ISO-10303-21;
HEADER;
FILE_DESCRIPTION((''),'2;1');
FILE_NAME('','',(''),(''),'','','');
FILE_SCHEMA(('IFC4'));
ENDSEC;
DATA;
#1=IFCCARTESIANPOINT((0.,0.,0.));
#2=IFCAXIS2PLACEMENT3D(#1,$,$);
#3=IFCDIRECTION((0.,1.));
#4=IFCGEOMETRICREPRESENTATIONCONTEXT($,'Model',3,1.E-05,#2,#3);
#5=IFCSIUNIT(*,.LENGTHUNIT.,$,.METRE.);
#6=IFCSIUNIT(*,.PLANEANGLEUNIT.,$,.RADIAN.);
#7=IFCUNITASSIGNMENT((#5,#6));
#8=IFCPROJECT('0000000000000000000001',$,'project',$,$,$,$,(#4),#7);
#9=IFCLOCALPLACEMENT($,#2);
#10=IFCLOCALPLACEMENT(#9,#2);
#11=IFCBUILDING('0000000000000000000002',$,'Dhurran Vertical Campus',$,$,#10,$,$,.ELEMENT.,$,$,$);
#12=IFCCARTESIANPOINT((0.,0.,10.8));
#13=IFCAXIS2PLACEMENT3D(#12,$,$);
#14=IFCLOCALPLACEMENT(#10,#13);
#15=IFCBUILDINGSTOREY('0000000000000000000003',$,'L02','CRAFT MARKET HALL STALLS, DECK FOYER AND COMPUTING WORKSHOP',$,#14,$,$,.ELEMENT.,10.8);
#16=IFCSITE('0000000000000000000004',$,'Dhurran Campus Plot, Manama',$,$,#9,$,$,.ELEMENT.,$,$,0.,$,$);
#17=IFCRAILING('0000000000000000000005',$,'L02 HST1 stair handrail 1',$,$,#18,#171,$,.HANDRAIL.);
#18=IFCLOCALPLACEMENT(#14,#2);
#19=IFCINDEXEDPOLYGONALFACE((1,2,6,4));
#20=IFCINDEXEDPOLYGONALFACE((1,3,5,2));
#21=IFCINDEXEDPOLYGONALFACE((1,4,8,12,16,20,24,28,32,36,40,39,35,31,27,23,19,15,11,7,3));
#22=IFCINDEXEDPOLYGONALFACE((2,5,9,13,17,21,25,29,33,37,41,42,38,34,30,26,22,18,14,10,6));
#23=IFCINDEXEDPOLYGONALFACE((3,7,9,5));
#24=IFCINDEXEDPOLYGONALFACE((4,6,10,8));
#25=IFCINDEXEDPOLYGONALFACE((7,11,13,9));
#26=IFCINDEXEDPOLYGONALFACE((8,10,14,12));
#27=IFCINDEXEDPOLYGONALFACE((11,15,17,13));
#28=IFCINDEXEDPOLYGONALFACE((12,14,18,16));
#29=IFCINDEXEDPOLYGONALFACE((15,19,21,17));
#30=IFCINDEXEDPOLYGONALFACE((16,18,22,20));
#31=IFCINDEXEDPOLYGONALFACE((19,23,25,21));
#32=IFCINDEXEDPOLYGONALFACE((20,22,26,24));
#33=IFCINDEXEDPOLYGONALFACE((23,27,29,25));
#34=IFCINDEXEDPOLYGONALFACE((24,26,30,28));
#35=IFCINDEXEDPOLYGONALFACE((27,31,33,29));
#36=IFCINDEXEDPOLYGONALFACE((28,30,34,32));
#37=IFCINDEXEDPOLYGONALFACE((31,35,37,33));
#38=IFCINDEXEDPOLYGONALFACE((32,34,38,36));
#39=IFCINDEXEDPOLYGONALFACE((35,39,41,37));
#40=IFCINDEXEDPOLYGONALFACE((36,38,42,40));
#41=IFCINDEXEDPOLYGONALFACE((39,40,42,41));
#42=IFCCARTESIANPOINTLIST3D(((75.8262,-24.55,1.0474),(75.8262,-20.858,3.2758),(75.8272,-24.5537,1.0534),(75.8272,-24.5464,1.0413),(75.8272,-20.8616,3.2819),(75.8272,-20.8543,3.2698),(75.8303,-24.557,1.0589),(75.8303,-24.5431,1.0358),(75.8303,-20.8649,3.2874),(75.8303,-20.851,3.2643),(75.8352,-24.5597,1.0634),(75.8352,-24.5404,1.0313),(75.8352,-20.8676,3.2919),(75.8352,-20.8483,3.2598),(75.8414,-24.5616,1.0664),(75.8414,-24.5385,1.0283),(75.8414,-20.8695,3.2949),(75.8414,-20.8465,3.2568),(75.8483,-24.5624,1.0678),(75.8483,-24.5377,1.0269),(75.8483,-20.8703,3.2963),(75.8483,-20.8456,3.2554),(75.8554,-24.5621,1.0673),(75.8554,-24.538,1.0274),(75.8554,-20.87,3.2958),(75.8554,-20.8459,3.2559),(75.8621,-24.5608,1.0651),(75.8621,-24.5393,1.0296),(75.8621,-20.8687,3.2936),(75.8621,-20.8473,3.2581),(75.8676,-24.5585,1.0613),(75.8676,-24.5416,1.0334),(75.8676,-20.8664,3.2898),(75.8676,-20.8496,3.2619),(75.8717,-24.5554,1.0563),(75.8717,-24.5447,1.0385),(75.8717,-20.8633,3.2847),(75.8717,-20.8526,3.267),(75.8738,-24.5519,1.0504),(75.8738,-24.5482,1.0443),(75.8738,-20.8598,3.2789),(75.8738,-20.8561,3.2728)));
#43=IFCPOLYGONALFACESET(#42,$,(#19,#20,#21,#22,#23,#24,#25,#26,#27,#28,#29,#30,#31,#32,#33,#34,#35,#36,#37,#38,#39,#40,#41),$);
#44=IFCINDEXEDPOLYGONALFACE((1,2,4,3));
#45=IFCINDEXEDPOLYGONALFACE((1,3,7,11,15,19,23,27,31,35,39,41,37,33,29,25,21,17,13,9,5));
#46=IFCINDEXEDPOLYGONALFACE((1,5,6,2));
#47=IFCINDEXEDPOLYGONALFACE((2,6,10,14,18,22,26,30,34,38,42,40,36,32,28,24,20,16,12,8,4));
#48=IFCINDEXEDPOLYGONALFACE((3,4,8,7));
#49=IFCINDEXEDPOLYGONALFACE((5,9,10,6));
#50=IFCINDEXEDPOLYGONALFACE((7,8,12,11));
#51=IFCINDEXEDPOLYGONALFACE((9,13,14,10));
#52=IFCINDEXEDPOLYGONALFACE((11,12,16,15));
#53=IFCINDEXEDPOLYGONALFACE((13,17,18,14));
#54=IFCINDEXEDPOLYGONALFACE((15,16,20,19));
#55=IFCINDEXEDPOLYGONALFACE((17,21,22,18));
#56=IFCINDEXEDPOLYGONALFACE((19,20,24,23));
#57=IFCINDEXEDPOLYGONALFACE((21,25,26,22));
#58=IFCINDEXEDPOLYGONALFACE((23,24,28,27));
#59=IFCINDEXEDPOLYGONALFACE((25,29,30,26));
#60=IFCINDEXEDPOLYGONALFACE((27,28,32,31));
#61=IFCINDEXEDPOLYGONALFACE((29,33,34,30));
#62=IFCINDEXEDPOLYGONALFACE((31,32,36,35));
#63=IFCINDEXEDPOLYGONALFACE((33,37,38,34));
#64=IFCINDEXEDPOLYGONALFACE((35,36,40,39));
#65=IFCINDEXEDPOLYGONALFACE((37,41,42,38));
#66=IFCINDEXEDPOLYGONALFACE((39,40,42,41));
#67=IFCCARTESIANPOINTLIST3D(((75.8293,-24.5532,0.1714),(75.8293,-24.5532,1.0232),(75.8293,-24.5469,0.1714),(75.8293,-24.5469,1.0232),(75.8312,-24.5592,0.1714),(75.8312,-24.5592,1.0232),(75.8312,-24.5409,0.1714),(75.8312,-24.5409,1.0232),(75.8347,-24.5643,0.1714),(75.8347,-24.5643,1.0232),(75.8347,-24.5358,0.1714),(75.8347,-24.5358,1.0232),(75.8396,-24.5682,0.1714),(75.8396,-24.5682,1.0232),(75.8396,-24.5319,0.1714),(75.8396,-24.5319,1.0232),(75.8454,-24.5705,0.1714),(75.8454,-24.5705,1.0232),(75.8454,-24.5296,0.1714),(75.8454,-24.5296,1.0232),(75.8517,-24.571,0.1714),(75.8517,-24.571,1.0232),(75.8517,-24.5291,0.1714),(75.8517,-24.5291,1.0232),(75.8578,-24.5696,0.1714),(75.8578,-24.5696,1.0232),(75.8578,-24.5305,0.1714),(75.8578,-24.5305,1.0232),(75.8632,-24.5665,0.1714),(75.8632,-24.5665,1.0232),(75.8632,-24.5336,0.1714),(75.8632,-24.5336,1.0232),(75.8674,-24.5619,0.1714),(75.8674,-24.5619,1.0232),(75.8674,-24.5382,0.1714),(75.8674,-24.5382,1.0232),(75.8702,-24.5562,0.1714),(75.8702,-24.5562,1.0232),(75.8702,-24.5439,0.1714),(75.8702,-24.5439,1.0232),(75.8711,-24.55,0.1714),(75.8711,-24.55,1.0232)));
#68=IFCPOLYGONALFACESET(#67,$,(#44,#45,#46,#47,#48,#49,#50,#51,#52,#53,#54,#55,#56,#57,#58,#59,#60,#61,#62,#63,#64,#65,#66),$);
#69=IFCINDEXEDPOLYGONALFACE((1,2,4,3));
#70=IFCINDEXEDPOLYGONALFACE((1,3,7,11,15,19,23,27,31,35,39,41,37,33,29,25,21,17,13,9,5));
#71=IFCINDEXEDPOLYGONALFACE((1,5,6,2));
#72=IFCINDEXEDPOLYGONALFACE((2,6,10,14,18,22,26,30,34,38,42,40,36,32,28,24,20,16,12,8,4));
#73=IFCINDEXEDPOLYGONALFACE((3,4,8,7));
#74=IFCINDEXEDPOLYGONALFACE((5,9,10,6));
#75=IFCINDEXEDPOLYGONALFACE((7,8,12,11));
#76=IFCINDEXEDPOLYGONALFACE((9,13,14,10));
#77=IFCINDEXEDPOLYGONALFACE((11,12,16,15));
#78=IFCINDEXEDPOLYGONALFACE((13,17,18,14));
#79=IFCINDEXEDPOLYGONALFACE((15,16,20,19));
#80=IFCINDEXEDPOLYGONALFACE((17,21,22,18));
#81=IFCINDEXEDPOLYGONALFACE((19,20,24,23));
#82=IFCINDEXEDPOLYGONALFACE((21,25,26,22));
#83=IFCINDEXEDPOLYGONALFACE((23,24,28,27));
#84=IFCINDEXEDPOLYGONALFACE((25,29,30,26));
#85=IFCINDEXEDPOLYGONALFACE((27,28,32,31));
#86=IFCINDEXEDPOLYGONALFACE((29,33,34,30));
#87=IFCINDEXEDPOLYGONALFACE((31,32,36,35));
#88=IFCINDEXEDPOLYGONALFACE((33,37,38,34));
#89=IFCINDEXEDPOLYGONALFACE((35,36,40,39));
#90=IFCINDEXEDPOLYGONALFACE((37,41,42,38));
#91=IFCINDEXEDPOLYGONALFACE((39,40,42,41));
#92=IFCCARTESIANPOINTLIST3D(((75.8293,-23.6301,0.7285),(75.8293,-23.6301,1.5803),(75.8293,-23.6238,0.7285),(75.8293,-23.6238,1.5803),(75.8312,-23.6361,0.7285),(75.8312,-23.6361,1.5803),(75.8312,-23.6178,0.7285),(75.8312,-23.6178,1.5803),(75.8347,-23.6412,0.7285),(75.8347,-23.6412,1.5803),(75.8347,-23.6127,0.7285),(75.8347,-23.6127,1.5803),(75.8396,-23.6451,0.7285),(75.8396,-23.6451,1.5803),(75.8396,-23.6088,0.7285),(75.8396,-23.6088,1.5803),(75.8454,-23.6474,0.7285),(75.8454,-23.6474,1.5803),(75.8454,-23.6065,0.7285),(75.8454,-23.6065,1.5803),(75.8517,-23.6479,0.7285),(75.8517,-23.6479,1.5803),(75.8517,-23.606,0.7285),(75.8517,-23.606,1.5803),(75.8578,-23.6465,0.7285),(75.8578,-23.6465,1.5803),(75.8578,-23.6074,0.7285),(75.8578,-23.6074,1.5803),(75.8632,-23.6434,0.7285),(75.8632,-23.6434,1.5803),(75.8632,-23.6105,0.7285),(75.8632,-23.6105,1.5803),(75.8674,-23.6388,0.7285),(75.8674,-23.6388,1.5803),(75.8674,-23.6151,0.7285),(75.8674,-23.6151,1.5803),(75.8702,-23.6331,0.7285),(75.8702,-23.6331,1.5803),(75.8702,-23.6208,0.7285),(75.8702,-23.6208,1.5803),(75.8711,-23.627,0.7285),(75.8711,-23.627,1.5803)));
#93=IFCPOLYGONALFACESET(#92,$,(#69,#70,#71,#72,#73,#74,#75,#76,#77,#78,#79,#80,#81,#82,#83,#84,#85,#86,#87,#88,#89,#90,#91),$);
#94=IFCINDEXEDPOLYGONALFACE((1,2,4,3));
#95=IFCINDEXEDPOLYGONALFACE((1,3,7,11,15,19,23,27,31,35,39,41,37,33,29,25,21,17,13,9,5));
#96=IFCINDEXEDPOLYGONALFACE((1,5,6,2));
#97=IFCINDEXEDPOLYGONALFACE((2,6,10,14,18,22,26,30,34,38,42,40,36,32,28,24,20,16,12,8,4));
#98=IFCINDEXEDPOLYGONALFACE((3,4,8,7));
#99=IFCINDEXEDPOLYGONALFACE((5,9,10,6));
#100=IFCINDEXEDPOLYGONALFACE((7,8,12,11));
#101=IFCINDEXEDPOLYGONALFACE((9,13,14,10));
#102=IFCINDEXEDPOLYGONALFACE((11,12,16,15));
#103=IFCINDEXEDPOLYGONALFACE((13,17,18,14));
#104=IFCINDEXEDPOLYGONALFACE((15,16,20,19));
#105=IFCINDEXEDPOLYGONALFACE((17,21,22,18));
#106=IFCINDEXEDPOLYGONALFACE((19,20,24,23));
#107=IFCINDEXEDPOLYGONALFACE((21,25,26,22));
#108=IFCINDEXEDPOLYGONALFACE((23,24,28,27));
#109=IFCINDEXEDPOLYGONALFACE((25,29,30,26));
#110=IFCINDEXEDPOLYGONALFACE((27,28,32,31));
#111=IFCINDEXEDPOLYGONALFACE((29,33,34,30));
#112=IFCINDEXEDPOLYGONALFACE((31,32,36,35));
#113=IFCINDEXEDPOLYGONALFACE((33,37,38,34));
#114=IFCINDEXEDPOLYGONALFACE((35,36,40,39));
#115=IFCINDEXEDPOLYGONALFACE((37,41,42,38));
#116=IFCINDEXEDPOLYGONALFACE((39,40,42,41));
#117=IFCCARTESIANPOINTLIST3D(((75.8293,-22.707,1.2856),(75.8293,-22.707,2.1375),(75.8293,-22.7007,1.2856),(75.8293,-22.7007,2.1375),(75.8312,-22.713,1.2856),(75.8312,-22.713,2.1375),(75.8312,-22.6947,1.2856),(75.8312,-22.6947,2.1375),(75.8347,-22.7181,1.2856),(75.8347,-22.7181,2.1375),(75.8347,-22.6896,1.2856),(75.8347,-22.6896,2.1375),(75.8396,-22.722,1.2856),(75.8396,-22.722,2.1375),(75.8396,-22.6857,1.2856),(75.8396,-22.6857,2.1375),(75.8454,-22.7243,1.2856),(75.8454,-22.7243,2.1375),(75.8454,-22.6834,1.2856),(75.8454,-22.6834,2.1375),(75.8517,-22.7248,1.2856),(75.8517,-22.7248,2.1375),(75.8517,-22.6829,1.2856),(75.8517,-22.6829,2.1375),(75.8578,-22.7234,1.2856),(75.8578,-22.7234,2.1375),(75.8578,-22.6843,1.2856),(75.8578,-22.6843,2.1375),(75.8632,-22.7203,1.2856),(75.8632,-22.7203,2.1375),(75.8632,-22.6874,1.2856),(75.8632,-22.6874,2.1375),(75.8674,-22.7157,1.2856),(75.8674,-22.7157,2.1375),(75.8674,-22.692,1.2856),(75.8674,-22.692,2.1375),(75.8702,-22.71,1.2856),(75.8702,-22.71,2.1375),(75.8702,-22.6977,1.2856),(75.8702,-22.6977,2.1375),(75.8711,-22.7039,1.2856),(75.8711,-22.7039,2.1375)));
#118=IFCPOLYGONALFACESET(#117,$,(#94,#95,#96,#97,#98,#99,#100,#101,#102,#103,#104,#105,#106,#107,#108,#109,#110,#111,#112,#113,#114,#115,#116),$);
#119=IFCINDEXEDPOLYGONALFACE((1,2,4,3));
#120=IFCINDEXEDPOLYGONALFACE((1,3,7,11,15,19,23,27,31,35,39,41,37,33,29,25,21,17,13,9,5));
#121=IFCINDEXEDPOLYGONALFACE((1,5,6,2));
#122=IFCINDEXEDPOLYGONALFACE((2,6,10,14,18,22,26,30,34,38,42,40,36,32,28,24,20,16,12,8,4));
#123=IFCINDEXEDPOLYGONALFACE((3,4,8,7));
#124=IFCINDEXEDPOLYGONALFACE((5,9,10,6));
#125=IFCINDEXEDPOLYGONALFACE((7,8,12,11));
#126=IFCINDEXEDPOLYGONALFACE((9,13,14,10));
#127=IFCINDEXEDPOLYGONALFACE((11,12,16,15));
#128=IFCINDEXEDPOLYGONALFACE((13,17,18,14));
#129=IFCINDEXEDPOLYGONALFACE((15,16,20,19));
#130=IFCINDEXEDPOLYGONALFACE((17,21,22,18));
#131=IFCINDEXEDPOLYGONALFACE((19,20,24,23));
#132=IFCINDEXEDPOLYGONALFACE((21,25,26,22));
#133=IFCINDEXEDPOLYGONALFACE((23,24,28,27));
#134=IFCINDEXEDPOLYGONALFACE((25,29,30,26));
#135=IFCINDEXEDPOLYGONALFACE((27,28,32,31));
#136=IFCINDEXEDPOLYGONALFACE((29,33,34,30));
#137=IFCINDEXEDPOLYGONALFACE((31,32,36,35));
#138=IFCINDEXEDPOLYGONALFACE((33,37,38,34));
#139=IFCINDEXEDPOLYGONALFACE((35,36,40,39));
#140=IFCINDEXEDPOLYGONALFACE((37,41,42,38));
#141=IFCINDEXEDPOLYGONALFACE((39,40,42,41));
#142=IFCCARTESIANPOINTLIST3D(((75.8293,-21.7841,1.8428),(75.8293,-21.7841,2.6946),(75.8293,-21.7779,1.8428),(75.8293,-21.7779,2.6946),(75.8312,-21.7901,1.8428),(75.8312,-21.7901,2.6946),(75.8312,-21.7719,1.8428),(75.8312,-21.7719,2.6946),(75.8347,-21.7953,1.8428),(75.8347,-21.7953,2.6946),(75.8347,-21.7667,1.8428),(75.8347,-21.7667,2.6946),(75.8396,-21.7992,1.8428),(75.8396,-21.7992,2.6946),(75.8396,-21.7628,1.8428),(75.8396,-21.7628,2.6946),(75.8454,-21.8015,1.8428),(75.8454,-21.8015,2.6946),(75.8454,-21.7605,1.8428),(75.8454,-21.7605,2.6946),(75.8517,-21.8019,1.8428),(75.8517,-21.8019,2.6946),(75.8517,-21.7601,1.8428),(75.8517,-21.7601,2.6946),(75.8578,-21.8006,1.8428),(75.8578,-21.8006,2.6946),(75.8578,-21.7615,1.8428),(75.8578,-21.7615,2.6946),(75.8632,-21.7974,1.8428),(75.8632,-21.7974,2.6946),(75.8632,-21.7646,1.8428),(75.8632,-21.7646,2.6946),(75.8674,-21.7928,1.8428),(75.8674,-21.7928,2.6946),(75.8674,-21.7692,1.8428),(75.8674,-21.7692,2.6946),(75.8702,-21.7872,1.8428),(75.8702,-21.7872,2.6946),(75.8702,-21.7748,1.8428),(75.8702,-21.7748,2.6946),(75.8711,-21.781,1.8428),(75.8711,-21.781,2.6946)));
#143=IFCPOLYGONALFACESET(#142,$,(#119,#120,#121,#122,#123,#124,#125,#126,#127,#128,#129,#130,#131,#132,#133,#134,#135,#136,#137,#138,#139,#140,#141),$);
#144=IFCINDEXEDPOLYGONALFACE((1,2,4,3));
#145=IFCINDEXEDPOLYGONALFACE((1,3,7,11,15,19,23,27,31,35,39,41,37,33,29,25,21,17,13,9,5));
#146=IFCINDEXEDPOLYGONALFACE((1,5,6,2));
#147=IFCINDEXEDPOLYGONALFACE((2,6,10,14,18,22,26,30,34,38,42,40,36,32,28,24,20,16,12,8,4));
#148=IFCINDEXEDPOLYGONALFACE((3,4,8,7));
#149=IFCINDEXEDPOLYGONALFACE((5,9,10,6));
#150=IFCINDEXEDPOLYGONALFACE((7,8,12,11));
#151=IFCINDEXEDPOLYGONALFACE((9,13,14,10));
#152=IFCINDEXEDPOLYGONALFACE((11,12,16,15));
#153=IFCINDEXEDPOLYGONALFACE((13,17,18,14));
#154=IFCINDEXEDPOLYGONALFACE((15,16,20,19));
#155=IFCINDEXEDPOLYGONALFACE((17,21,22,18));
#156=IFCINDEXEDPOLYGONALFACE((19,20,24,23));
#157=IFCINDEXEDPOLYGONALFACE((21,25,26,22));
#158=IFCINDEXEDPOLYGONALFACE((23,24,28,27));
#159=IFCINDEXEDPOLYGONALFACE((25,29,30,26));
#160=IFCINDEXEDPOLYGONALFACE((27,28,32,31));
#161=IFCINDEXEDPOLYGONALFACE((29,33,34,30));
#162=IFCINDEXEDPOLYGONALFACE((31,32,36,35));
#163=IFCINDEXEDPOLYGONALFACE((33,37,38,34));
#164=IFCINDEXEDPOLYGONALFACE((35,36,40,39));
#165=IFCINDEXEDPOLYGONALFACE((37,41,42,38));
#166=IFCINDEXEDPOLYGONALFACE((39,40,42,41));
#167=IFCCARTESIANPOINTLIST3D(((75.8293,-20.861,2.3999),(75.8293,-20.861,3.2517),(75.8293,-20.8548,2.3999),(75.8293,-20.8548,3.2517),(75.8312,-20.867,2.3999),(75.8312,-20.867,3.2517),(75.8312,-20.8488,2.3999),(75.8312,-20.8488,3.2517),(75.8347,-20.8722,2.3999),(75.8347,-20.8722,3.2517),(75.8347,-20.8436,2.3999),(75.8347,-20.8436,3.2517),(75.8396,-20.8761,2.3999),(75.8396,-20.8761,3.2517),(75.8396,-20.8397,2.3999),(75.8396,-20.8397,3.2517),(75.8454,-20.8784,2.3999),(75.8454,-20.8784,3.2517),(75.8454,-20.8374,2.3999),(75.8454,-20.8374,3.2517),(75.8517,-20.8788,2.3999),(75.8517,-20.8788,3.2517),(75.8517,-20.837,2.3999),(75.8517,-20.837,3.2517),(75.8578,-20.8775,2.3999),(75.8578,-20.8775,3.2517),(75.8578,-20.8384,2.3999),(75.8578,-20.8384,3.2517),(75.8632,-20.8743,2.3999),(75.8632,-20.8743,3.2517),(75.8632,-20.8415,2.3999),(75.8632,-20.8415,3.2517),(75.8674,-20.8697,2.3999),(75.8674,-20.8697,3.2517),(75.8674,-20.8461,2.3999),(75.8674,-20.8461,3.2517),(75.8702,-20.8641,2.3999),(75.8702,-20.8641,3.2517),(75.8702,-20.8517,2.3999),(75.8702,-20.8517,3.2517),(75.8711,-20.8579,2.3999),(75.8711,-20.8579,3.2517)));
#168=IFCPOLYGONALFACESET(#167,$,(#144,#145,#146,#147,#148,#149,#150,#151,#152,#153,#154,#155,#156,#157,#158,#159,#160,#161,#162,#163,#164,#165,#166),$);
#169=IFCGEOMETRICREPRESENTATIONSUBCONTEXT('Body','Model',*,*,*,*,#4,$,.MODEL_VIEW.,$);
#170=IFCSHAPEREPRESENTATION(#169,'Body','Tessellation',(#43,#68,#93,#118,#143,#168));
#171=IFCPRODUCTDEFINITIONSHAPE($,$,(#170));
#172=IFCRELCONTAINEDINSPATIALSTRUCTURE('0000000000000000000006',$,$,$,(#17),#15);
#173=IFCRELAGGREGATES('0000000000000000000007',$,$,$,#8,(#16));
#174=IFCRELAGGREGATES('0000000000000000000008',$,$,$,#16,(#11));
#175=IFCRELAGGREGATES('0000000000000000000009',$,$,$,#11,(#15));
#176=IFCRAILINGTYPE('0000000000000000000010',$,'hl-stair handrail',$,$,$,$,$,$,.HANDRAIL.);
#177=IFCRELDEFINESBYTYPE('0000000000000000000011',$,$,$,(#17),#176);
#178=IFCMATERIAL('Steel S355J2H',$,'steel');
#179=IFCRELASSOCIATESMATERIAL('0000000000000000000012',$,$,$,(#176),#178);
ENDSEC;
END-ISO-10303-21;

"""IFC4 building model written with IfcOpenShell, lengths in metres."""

from ifc_helpers import new_model, si_unit, direction, frame, origin, origin_2d, place, context, subcontext, project, spatial, circle, extrude, material, type_object, element, save


model = new_model("IFC4")

# Units and contexts
model_context = context("Model", 3, precision=1e-05, world=origin(), true_north=direction((0.0, 1.0)))
body_context = subcontext(model_context, "Body", "Model", "MODEL_VIEW")
ifc_project = project(units=[si_unit("LENGTHUNIT", "METRE"), si_unit("PLANEANGLEUNIT", "RADIAN")], contexts=[model_context])

# Site, building, storey
site_placement = place(None, origin())
site = spatial("IfcSite", under=ifc_project, at=site_placement, Name="Dhurran Campus Plot, Manama", CompositionType="ELEMENT", RefElevation=0.0)
building_placement = place(site_placement, origin())
building = spatial("IfcBuilding", under=site, at=building_placement, Name="Dhurran Vertical Campus", CompositionType="ELEMENT")
storey_placement = place(building_placement, frame((0.0, 0.0, 10.8)))
storey = spatial("IfcBuildingStorey", under=building, at=storey_placement, Name="L02", Description="CRAFT MARKET HALL STALLS, DECK FOYER AND COMPUTING WORKSHOP", CompositionType="ELEMENT", Elevation=10.8)

# Railing
ifc_material_1 = material(Name="Steel S355J2H", Category="steel")
railing_type_1 = type_object("IfcRailingType", Name="hl-stair handrail", PredefinedType="HANDRAIL", material=ifc_material_1)
railing_1_placement = place(storey_placement, frame((75.8501, -24.55, 0.1714)))
element("IfcRailing", 1, at=railing_1_placement, inside=storey, type_object=railing_type_1, Name="L02 HST1 stair handrail 1", PredefinedType="HANDRAIL", context=body_context, shape_type="SweptSolid", body=[
    extrude(circle(Radius=0.0239, at=origin_2d()), frame((0.0, 0.0, 0.876), z_axis=(0.0, 0.856136, 0.51675), x_axis=(-1.0, 0.0, 0.0)), (0.0, 0.0, 1.0), 4.3125),
    extrude(circle(Radius=0.021, at=origin_2d()), origin(), (0.0, 0.0, 1.0), 0.8518),
    extrude(circle(Radius=0.021, at=origin_2d()), frame((0.0, 0.9231, 0.5571)), (0.0, 0.0, 1.0), 0.8518),
    extrude(circle(Radius=0.021, at=origin_2d()), frame((0.0, 1.8462, 1.1143)), (0.0, 0.0, 1.0), 0.8518),
    extrude(circle(Radius=0.021, at=origin_2d()), frame((0.0, 2.769, 1.6714)), (0.0, 0.0, 1.0), 0.8518),
    extrude(circle(Radius=0.021, at=origin_2d()), frame((0.0, 3.6921, 2.2285)), (0.0, 0.0, 1.0), 0.8518),
])

save(model, "model.ifc")
